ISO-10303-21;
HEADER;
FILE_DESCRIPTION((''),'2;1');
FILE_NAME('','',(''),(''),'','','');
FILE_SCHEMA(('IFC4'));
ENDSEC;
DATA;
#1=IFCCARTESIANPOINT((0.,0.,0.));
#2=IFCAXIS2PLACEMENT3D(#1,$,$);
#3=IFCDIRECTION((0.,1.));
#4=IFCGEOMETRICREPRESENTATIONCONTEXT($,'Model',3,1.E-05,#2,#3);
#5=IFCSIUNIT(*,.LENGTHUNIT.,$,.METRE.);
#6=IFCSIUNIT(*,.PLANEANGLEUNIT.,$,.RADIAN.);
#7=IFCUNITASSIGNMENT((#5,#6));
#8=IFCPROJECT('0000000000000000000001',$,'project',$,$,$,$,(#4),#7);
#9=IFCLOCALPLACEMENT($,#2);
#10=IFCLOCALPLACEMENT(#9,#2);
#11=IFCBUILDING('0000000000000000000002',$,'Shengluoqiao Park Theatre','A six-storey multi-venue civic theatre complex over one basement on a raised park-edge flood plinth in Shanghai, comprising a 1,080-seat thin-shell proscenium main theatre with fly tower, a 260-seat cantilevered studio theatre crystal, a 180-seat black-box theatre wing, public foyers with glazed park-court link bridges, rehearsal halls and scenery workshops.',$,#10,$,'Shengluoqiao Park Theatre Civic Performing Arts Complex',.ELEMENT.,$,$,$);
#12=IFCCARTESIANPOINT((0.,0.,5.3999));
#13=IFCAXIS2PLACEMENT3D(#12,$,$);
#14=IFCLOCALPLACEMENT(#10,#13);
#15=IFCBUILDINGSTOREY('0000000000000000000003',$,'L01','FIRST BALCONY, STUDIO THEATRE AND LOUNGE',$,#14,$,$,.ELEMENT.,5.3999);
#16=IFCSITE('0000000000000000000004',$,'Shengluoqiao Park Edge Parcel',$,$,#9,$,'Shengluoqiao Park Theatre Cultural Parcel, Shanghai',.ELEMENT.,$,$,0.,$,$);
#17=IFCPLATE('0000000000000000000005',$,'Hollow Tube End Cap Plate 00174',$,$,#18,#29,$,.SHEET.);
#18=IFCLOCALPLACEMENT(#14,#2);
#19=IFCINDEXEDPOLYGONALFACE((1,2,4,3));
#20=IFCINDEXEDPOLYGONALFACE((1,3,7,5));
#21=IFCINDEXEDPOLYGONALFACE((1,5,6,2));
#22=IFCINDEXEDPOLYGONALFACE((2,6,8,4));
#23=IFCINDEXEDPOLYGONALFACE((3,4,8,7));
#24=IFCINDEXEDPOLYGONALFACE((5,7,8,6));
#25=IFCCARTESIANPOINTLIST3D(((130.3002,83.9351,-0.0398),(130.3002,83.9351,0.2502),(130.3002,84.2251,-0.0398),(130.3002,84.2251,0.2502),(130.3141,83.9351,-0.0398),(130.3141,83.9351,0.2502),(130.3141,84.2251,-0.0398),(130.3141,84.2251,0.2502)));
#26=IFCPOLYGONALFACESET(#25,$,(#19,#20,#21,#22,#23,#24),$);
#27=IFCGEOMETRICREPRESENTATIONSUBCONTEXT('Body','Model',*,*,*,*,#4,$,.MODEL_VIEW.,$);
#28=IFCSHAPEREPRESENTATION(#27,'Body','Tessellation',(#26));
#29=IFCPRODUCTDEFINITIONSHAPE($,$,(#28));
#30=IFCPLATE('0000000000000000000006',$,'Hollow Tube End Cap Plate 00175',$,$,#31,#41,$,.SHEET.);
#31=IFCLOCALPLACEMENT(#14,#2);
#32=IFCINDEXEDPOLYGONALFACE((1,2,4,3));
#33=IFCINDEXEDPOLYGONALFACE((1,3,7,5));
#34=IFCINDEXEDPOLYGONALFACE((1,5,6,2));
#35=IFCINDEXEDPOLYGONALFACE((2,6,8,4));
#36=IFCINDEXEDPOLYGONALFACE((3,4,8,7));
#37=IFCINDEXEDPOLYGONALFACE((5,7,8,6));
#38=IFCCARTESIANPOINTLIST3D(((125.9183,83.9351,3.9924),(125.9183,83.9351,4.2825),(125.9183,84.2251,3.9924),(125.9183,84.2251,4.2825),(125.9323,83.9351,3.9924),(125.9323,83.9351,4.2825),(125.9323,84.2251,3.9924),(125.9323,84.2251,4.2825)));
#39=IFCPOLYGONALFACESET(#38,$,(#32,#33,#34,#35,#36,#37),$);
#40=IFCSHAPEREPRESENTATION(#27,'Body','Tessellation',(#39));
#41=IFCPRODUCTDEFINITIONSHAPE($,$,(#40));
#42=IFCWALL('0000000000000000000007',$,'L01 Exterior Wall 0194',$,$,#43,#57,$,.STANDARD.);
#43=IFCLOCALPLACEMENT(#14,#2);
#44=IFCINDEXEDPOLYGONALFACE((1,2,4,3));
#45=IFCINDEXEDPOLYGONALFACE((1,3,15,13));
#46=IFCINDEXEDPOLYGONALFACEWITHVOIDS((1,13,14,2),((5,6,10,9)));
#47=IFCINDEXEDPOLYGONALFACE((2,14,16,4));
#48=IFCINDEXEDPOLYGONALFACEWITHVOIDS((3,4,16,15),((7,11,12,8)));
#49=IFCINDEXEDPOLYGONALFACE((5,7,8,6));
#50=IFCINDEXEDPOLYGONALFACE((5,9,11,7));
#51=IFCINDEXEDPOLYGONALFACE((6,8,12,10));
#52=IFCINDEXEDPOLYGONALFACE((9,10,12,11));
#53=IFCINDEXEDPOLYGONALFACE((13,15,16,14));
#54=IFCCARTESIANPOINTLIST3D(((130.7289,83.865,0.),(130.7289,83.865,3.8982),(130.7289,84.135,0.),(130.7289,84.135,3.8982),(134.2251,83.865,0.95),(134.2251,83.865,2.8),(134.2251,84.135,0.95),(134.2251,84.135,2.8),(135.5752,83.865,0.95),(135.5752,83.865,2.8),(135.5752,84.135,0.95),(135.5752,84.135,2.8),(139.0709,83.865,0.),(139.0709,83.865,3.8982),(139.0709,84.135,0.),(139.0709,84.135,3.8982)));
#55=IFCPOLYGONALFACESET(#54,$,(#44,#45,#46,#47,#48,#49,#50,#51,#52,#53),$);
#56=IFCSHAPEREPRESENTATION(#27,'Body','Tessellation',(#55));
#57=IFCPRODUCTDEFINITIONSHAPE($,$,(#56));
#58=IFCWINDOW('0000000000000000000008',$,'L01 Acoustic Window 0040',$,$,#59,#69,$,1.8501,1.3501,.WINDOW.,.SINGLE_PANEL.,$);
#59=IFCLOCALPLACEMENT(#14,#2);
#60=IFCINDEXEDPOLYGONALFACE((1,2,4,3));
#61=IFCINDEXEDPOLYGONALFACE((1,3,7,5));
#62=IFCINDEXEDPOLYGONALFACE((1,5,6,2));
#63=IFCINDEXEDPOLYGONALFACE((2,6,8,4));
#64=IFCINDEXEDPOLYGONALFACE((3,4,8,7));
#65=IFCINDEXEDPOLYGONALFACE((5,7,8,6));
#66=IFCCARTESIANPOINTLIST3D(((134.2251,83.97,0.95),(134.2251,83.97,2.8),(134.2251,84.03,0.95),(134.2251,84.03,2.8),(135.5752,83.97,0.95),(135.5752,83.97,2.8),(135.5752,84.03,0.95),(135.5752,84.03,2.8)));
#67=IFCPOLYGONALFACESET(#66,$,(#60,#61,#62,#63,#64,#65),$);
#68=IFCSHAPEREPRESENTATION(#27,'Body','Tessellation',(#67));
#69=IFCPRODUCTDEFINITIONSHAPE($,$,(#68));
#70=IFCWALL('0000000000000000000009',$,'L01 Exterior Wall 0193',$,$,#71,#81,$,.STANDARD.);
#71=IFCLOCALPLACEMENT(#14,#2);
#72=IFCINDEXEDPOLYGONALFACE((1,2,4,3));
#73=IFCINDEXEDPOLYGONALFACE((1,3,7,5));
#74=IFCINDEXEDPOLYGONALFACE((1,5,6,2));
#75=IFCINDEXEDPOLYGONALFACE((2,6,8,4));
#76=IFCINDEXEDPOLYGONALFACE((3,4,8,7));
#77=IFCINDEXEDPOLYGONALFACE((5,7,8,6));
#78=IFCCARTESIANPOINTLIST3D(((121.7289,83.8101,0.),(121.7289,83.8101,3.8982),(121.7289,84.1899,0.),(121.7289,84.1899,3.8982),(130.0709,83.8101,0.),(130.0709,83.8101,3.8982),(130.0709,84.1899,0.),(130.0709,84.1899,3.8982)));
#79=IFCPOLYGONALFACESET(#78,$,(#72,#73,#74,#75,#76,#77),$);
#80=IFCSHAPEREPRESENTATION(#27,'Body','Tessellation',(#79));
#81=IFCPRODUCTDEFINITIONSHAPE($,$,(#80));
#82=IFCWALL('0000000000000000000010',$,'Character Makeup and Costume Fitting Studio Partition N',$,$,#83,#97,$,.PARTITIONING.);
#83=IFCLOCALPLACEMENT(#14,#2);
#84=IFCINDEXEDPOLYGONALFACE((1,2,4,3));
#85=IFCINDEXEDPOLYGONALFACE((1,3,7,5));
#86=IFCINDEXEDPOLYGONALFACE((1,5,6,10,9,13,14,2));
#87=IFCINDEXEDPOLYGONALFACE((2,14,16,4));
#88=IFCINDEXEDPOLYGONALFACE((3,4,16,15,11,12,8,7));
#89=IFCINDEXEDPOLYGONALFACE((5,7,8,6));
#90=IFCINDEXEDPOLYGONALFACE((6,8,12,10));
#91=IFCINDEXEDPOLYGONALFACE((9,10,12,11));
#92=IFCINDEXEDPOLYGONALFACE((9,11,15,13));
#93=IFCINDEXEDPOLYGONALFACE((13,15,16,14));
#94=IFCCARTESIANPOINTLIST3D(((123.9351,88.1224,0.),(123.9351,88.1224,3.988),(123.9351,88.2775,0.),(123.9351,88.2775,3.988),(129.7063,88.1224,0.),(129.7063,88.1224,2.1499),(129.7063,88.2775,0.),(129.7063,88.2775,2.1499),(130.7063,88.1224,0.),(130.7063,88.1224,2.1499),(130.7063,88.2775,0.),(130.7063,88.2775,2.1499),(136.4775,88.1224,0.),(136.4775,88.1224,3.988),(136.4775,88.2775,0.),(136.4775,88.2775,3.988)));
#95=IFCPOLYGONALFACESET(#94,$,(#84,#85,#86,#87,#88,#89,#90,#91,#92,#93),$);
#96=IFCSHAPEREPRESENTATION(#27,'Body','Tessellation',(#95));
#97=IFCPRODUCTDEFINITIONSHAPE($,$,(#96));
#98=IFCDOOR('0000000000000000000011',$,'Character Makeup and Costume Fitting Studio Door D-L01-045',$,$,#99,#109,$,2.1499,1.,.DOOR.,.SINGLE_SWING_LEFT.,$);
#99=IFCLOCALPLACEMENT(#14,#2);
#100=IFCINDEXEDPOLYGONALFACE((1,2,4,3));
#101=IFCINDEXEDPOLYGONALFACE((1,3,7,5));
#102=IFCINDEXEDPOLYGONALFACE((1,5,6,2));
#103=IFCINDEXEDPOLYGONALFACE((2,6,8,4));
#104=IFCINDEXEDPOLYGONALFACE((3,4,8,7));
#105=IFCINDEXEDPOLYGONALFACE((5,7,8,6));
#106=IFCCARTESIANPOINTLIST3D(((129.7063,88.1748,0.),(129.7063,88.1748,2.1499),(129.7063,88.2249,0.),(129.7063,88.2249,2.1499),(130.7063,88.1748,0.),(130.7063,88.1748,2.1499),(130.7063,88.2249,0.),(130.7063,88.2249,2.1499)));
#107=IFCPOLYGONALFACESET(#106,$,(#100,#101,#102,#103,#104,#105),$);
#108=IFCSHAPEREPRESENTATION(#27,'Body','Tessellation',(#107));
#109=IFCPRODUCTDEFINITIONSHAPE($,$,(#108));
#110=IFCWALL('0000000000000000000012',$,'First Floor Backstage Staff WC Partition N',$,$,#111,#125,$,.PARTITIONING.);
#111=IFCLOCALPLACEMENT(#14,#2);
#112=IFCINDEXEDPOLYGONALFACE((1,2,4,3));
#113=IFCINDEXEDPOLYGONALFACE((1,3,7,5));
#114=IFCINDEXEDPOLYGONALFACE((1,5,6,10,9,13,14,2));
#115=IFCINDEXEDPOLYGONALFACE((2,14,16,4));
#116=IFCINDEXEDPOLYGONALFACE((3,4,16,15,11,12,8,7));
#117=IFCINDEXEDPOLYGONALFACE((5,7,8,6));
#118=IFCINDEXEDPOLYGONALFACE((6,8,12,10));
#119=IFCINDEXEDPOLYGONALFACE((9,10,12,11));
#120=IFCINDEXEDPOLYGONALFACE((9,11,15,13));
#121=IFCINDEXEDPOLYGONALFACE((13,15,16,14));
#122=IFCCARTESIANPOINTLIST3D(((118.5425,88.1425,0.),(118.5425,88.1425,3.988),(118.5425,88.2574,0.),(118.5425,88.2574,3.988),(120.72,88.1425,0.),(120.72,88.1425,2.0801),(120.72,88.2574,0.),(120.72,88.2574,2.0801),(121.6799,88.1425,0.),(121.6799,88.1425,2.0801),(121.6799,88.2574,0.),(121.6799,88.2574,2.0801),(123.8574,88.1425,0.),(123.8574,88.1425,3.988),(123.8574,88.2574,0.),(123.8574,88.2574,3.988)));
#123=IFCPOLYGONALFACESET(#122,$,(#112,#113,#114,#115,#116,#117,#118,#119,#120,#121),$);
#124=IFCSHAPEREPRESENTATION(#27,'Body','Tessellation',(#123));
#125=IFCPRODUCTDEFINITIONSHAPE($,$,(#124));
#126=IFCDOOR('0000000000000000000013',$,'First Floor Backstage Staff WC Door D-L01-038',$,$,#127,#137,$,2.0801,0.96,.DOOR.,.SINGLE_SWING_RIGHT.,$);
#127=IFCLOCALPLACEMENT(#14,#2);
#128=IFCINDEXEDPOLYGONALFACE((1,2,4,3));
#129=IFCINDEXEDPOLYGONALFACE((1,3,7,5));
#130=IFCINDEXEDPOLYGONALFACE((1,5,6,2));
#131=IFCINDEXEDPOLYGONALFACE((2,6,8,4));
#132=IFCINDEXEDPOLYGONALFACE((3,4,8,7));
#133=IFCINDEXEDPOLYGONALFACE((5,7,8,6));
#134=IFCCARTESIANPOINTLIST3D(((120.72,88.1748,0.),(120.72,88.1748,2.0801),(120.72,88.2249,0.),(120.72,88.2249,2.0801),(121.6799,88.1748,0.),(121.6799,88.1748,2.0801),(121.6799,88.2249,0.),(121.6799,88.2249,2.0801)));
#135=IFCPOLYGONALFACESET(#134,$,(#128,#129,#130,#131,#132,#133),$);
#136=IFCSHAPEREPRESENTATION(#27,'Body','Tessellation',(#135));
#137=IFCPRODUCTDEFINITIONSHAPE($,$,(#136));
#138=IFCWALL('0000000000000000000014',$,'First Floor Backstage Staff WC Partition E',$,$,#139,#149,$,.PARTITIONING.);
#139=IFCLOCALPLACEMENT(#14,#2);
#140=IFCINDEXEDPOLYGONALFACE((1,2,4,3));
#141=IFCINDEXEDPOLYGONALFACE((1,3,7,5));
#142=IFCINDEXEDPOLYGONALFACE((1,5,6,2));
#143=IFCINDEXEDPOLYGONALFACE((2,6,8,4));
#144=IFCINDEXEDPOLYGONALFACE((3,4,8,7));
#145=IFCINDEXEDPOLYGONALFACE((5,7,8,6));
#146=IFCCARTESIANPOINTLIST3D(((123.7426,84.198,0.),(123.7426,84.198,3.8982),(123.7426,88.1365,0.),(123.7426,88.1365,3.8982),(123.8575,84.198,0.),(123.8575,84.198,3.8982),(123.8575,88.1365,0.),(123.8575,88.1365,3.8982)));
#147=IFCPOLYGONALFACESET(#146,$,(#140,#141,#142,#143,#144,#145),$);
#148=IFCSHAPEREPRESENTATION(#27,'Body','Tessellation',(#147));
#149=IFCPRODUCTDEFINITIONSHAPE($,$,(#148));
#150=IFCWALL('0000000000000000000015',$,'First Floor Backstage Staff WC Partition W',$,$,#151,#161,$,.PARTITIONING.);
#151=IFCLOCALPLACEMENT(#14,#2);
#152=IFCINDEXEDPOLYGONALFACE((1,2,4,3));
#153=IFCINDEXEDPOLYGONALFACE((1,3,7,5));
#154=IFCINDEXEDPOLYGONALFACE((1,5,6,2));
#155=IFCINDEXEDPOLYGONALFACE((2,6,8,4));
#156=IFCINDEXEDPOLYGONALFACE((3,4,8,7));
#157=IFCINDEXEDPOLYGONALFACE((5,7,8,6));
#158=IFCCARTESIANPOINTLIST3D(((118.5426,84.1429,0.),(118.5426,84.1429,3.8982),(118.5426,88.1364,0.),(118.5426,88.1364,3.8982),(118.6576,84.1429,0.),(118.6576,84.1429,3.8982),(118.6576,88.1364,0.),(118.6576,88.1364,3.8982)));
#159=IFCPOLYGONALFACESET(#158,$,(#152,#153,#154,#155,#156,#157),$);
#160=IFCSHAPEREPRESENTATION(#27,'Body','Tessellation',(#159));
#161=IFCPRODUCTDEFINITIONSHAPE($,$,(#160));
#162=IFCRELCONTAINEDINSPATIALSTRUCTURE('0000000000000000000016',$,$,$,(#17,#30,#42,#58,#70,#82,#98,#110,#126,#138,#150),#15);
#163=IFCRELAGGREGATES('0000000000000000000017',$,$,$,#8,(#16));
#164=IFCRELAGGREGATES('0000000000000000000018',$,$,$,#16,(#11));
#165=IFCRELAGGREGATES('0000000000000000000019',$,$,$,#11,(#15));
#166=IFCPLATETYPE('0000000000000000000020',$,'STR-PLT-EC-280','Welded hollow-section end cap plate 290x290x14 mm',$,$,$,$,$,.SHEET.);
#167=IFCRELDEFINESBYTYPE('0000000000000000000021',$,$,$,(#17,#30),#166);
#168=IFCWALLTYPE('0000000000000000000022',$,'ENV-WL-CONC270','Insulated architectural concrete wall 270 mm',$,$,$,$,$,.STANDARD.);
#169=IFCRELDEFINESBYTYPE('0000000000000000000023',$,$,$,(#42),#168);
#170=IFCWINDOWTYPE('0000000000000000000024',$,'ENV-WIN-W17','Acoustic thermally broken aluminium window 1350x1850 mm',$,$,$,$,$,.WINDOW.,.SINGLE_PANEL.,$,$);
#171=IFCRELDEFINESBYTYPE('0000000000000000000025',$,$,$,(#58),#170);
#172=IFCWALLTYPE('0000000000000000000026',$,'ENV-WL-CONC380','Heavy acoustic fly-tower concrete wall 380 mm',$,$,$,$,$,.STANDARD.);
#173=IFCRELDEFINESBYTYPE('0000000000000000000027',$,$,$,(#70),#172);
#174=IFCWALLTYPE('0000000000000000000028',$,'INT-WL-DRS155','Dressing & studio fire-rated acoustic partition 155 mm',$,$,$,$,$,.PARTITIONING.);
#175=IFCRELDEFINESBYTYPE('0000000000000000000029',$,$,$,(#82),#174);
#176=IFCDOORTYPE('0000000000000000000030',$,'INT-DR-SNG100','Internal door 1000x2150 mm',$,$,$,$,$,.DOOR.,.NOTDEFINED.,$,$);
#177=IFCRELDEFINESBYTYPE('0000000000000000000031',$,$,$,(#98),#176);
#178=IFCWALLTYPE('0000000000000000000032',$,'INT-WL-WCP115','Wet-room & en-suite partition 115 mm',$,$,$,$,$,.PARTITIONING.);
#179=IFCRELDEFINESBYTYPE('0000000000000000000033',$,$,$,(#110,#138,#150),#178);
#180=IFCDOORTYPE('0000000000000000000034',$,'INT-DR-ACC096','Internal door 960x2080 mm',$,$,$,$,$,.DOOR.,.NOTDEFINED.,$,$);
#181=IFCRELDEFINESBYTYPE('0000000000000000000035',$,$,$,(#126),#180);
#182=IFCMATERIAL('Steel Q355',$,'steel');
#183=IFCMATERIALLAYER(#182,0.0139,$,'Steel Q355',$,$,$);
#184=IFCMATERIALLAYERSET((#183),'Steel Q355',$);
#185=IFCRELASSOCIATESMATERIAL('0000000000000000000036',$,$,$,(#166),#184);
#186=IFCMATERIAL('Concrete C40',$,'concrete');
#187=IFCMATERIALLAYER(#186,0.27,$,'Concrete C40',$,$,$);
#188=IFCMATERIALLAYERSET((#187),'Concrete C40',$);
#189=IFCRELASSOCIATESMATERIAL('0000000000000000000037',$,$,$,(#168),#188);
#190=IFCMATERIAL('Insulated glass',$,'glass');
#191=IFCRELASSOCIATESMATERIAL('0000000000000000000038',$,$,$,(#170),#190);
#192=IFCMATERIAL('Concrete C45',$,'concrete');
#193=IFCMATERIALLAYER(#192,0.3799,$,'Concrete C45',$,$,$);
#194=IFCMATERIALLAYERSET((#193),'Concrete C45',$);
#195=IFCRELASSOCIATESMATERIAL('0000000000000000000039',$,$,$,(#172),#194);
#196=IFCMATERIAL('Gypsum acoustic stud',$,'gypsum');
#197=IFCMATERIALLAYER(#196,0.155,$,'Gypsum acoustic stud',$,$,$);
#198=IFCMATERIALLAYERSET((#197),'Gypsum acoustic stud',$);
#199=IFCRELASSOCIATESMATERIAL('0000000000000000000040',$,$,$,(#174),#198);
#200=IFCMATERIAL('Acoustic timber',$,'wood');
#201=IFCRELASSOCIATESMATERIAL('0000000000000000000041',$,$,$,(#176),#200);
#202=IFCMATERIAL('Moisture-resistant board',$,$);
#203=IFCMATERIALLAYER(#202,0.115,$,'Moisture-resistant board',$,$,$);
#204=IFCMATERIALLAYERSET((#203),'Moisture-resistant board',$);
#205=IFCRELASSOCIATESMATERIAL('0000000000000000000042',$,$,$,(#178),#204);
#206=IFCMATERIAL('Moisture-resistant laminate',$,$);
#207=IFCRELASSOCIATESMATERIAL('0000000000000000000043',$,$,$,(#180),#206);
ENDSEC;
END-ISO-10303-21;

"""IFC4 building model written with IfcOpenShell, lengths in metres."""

from ifc_helpers import new_model, si_unit, direction, frame, frame_2d, origin, origin_2d, place, context, subcontext, project, spatial, rectangle, extrude, material, layer, layer_set, type_object, element, fill, save


model = new_model("IFC4")

# Units and contexts
model_context = context("Model", 3, precision=1e-05, world=origin(), true_north=direction((0.0, 1.0)))
body_context = subcontext(model_context, "Body", "Model", "MODEL_VIEW")
ifc_project = project(units=[si_unit("LENGTHUNIT", "METRE"), si_unit("PLANEANGLEUNIT", "RADIAN")], contexts=[model_context])

# Site, building, storey
site_placement = place(None, origin())
site = spatial("IfcSite", under=ifc_project, at=site_placement, Name="Shengluoqiao Park Edge Parcel", LongName="Shengluoqiao Park Theatre Cultural Parcel, Shanghai", CompositionType="ELEMENT", RefElevation=0.0)
building_placement = place(site_placement, origin())
building = spatial("IfcBuilding", under=site, at=building_placement, Name="Shengluoqiao Park Theatre", Description="A six-storey multi-venue civic theatre complex over one basement on a raised park-edge flood plinth in Shanghai, comprising a 1,080-seat thin-shell proscenium main theatre with fly tower, a 260-seat cantilevered studio theatre crystal, a 180-seat black-box theatre wing, public foyers with glazed park-court link bridges, rehearsal halls and scenery workshops.", LongName="Shengluoqiao Park Theatre Civic Performing Arts Complex", CompositionType="ELEMENT")
storey_placement = place(building_placement, frame((0.0, 0.0, 5.3999)))
storey = spatial("IfcBuildingStorey", under=building, at=storey_placement, Name="L01", Description="FIRST BALCONY, STUDIO THEATRE AND LOUNGE", CompositionType="ELEMENT", Elevation=5.3999)

# Shared definitions
ifc_material_1 = material(Name="Concrete C40", Category="concrete")

# Shared definitions
ifc_material_2 = material(Name="Steel Q355", Category="steel")

# Shared definitions
ifc_material_3 = material(Name="Insulated glass", Category="glass")

# Plates
ifc_layer_1 = layer(ifc_material_2, 0.0139, Name="Steel Q355")
ifc_layer_set_1 = layer_set([ifc_layer_1], Name="Steel Q355")
plate_type_1 = type_object("IfcPlateType", Name="STR-PLT-EC-280", Description="Welded hollow-section end cap plate 290x290x14 mm", PredefinedType="SHEET", material=ifc_layer_set_1)
for number, where, z_axis, x_axis, name in (
    (1, (130.3071, 84.0801, -0.0398), (0.0, 0.0, 1.0), (-1.0, 0.0, 0.0), "Hollow Tube End Cap Plate 00174"),
    (2, (125.9253, 84.0801, 3.9924), (0.0, 0.0, 1.0), (-1.0, 0.0, 0.0), "Hollow Tube End Cap Plate 00175"),
):
    element("IfcPlate", number, at=place(storey_placement, frame(where, z_axis=z_axis, x_axis=x_axis)), inside=storey, type_object=plate_type_1, Name=name, PredefinedType="SHEET", context=body_context, shape_type="SweptSolid", body=[
        extrude(rectangle(XDim=0.0139, YDim=0.29, at=origin_2d()), origin(), (0.0, 0.0, 1.0), 0.29),
    ])

# Wall, opening, window
ifc_layer_2 = layer(ifc_material_1, 0.27, Name="Concrete C40")
ifc_layer_set_2 = layer_set([ifc_layer_2], Name="Concrete C40")
wall_type_1 = type_object("IfcWallType", Name="ENV-WL-CONC270", Description="Insulated architectural concrete wall 270 mm", PredefinedType="STANDARD", material=ifc_layer_set_2)
wall_1_placement = place(storey_placement, frame((130.729, 84.0, 0.0), z_axis=(0.0, 0.0, 1.0), x_axis=(1.0, 0.0, 0.0)))
wall_1 = element("IfcWall", 3, at=wall_1_placement, inside=storey, type_object=wall_type_1, Name="L01 Exterior Wall 0194", PredefinedType="STANDARD", context=body_context, shape_type="SweptSolid", body=[
    extrude(rectangle(XDim=8.342, YDim=0.27, at=frame_2d((4.1709, 0.0))), origin(), (0.0, 0.0, 1.0), 3.8982),
])
opening_1_placement = place(wall_1_placement, frame((3.4961, 0.0, 0.95)))
opening_1 = element("IfcOpeningElement", 4, at=opening_1_placement, cuts=wall_1, PredefinedType="OPENING", context=body_context, shape_type="SweptSolid", body=[
    extrude(rectangle(XDim=1.3501, YDim=1.8501, at=frame_2d((0.675, 0.925))), frame((0.0, 0.145, 0.0), z_axis=(0.0, -1.0, 0.0), x_axis=(1.0, 0.0, 0.0)), (0.0, 0.0, 1.0), 0.29),
])
window_type = type_object("IfcWindowType", Name="ENV-WIN-W17", Description="Acoustic thermally broken aluminium window 1350x1850 mm", PartitioningType="SINGLE_PANEL", PredefinedType="WINDOW", material=ifc_material_3)
window_placement = place(opening_1_placement, origin())
window = element("IfcWindow", 5, at=window_placement, inside=storey, type_object=window_type, Name="L01 Acoustic Window 0040", OverallHeight=1.8501, OverallWidth=1.3501, PartitioningType="SINGLE_PANEL", PredefinedType="WINDOW", context=body_context, shape_type="SweptSolid", body=[
    extrude(rectangle(XDim=1.3501, YDim=1.8501, at=frame_2d((0.675, 0.925))), frame((0.0, 0.03, 0.0), z_axis=(0.0, -1.0, 0.0), x_axis=(1.0, 0.0, 0.0)), (0.0, 0.0, 1.0), 0.0601),
])
fill(opening_1, window)

# Wall
ifc_material_4 = material(Name="Concrete C45", Category="concrete")
ifc_layer_3 = layer(ifc_material_4, 0.3799, Name="Concrete C45")
ifc_layer_set_3 = layer_set([ifc_layer_3], Name="Concrete C45")
wall_type_2 = type_object("IfcWallType", Name="ENV-WL-CONC380", Description="Heavy acoustic fly-tower concrete wall 380 mm", PredefinedType="STANDARD", material=ifc_layer_set_3)
wall_2_placement = place(storey_placement, frame((121.729, 84.0, 0.0), z_axis=(0.0, 0.0, 1.0), x_axis=(1.0, 0.0, 0.0)))
element("IfcWall", 6, at=wall_2_placement, inside=storey, type_object=wall_type_2, Name="L01 Exterior Wall 0193", PredefinedType="STANDARD", context=body_context, shape_type="SweptSolid", body=[
    extrude(rectangle(XDim=8.342, YDim=0.3799, at=frame_2d((4.1709, 0.0))), origin(), (0.0, 0.0, 1.0), 3.8982),
])

# Walls, openings, doors
ifc_material_5 = material(Name="Gypsum acoustic stud", Category="gypsum")
ifc_layer_4 = layer(ifc_material_5, 0.155, Name="Gypsum acoustic stud")
ifc_layer_set_4 = layer_set([ifc_layer_4], Name="Gypsum acoustic stud")
wall_type_3 = type_object("IfcWallType", Name="INT-WL-DRS155", Description="Dressing & studio fire-rated acoustic partition 155 mm", PredefinedType="PARTITIONING", material=ifc_layer_set_4)
wall_3_placement = place(storey_placement, frame((123.9351, 88.2, 0.0), z_axis=(0.0, 0.0, 1.0), x_axis=(1.0, 0.0, 0.0)))
wall_3 = element("IfcWall", 7, at=wall_3_placement, inside=storey, type_object=wall_type_3, Name="Character Makeup and Costume Fitting Studio Partition N", PredefinedType="PARTITIONING", context=body_context, shape_type="SweptSolid", body=[
    extrude(rectangle(XDim=12.5425, YDim=0.155, at=frame_2d((6.2712, 0.0))), origin(), (0.0, 0.0, 1.0), 3.988),
])
opening_2_placement = place(wall_3_placement, frame((5.7712, 0.0, 0.0)))
opening_2 = element("IfcOpeningElement", 8, at=opening_2_placement, cuts=wall_3, PredefinedType="OPENING", context=body_context, shape_type="SweptSolid", body=[
    extrude(rectangle(XDim=1.0, YDim=2.1499, at=frame_2d((0.5, 1.075))), frame((0.0, 0.0874, 0.0), z_axis=(0.0, -1.0, 0.0), x_axis=(1.0, 0.0, 0.0)), (0.0, 0.0, 1.0), 0.175),
])
ifc_material_6 = material(Name="Acoustic timber", Category="wood")
door_type_1 = type_object("IfcDoorType", Name="INT-DR-SNG100", Description="Internal door 1000x2150 mm", OperationType="NOTDEFINED", PredefinedType="DOOR", material=ifc_material_6)
door_1_placement = place(opening_2_placement, origin())
door_1 = element("IfcDoor", 9, at=door_1_placement, inside=storey, type_object=door_type_1, Name="Character Makeup and Costume Fitting Studio Door D-L01-045", OperationType="SINGLE_SWING_LEFT", OverallHeight=2.1499, OverallWidth=1.0, PredefinedType="DOOR", context=body_context, shape_type="SweptSolid", body=[
    extrude(rectangle(XDim=1.0, YDim=2.1499, at=frame_2d((0.5, 1.075))), frame((0.0, 0.0249, 0.0), z_axis=(0.0, -1.0, 0.0), x_axis=(1.0, 0.0, 0.0)), (0.0, 0.0, 1.0), 0.05),
])
fill(opening_2, door_1)
ifc_material_7 = material(Name="Moisture-resistant board")
ifc_layer_5 = layer(ifc_material_7, 0.115, Name="Moisture-resistant board")
ifc_layer_set_5 = layer_set([ifc_layer_5], Name="Moisture-resistant board")
wall_type_4 = type_object("IfcWallType", Name="INT-WL-WCP115", Description="Wet-room & en-suite partition 115 mm", PredefinedType="PARTITIONING", material=ifc_layer_set_5)
wall_4_placement = place(storey_placement, frame((118.5425, 88.2, 0.0), z_axis=(0.0, 0.0, 1.0), x_axis=(1.0, 0.0, 0.0)))
wall_4 = element("IfcWall", 10, at=wall_4_placement, inside=storey, type_object=wall_type_4, Name="First Floor Backstage Staff WC Partition N", PredefinedType="PARTITIONING", context=body_context, shape_type="SweptSolid", body=[
    extrude(rectangle(XDim=5.3149, YDim=0.115, at=frame_2d((2.6575, 0.0))), origin(), (0.0, 0.0, 1.0), 3.988),
])
opening_3_placement = place(wall_4_placement, frame((2.1775, 0.0, 0.0)))
opening_3 = element("IfcOpeningElement", 11, at=opening_3_placement, cuts=wall_4, PredefinedType="OPENING", context=body_context, shape_type="SweptSolid", body=[
    extrude(rectangle(XDim=0.96, YDim=2.0801, at=frame_2d((0.48, 1.04))), frame((0.0, 0.0674, 0.0), z_axis=(0.0, -1.0, 0.0), x_axis=(1.0, 0.0, 0.0)), (0.0, 0.0, 1.0), 0.135),
])
ifc_material_8 = material(Name="Moisture-resistant laminate")
door_type_2 = type_object("IfcDoorType", Name="INT-DR-ACC096", Description="Internal door 960x2080 mm", OperationType="NOTDEFINED", PredefinedType="DOOR", material=ifc_material_8)
door_2_placement = place(opening_3_placement, origin())
door_2 = element("IfcDoor", 12, at=door_2_placement, inside=storey, type_object=door_type_2, Name="First Floor Backstage Staff WC Door D-L01-038", OperationType="SINGLE_SWING_RIGHT", OverallHeight=2.0801, OverallWidth=0.96, PredefinedType="DOOR", context=body_context, shape_type="SweptSolid", body=[
    extrude(rectangle(XDim=0.96, YDim=2.0801, at=frame_2d((0.48, 1.04))), frame((0.0, 0.0249, 0.0), z_axis=(0.0, -1.0, 0.0), x_axis=(1.0, 0.0, 0.0)), (0.0, 0.0, 1.0), 0.05),
])
fill(opening_3, door_2)

# Walls
wall_5_placement = place(storey_placement, frame((123.8, 84.198, 0.0), z_axis=(0.0, 0.0, 1.0), x_axis=(0.0, 1.0, 0.0)))
element("IfcWall", 13, at=wall_5_placement, inside=storey, type_object=wall_type_4, Name="First Floor Backstage Staff WC Partition E", PredefinedType="PARTITIONING", context=body_context, shape_type="SweptSolid", body=[
    extrude(rectangle(XDim=3.9385, YDim=0.115, at=frame_2d((1.9692, 0.0))), origin(), (0.0, 0.0, 1.0), 3.8982),
])
wall_6_placement = place(storey_placement, frame((118.6001, 84.1431, 0.0), z_axis=(0.0, 0.0, 1.0), x_axis=(0.0, 1.0, 0.0)))
element("IfcWall", 14, at=wall_6_placement, inside=storey, type_object=wall_type_4, Name="First Floor Backstage Staff WC Partition W", PredefinedType="PARTITIONING", context=body_context, shape_type="SweptSolid", body=[
    extrude(rectangle(XDim=3.9934, YDim=0.115, at=frame_2d((1.9966, 0.0))), origin(), (0.0, 0.0, 1.0), 3.8982),
])

save(model, "model.ifc")
